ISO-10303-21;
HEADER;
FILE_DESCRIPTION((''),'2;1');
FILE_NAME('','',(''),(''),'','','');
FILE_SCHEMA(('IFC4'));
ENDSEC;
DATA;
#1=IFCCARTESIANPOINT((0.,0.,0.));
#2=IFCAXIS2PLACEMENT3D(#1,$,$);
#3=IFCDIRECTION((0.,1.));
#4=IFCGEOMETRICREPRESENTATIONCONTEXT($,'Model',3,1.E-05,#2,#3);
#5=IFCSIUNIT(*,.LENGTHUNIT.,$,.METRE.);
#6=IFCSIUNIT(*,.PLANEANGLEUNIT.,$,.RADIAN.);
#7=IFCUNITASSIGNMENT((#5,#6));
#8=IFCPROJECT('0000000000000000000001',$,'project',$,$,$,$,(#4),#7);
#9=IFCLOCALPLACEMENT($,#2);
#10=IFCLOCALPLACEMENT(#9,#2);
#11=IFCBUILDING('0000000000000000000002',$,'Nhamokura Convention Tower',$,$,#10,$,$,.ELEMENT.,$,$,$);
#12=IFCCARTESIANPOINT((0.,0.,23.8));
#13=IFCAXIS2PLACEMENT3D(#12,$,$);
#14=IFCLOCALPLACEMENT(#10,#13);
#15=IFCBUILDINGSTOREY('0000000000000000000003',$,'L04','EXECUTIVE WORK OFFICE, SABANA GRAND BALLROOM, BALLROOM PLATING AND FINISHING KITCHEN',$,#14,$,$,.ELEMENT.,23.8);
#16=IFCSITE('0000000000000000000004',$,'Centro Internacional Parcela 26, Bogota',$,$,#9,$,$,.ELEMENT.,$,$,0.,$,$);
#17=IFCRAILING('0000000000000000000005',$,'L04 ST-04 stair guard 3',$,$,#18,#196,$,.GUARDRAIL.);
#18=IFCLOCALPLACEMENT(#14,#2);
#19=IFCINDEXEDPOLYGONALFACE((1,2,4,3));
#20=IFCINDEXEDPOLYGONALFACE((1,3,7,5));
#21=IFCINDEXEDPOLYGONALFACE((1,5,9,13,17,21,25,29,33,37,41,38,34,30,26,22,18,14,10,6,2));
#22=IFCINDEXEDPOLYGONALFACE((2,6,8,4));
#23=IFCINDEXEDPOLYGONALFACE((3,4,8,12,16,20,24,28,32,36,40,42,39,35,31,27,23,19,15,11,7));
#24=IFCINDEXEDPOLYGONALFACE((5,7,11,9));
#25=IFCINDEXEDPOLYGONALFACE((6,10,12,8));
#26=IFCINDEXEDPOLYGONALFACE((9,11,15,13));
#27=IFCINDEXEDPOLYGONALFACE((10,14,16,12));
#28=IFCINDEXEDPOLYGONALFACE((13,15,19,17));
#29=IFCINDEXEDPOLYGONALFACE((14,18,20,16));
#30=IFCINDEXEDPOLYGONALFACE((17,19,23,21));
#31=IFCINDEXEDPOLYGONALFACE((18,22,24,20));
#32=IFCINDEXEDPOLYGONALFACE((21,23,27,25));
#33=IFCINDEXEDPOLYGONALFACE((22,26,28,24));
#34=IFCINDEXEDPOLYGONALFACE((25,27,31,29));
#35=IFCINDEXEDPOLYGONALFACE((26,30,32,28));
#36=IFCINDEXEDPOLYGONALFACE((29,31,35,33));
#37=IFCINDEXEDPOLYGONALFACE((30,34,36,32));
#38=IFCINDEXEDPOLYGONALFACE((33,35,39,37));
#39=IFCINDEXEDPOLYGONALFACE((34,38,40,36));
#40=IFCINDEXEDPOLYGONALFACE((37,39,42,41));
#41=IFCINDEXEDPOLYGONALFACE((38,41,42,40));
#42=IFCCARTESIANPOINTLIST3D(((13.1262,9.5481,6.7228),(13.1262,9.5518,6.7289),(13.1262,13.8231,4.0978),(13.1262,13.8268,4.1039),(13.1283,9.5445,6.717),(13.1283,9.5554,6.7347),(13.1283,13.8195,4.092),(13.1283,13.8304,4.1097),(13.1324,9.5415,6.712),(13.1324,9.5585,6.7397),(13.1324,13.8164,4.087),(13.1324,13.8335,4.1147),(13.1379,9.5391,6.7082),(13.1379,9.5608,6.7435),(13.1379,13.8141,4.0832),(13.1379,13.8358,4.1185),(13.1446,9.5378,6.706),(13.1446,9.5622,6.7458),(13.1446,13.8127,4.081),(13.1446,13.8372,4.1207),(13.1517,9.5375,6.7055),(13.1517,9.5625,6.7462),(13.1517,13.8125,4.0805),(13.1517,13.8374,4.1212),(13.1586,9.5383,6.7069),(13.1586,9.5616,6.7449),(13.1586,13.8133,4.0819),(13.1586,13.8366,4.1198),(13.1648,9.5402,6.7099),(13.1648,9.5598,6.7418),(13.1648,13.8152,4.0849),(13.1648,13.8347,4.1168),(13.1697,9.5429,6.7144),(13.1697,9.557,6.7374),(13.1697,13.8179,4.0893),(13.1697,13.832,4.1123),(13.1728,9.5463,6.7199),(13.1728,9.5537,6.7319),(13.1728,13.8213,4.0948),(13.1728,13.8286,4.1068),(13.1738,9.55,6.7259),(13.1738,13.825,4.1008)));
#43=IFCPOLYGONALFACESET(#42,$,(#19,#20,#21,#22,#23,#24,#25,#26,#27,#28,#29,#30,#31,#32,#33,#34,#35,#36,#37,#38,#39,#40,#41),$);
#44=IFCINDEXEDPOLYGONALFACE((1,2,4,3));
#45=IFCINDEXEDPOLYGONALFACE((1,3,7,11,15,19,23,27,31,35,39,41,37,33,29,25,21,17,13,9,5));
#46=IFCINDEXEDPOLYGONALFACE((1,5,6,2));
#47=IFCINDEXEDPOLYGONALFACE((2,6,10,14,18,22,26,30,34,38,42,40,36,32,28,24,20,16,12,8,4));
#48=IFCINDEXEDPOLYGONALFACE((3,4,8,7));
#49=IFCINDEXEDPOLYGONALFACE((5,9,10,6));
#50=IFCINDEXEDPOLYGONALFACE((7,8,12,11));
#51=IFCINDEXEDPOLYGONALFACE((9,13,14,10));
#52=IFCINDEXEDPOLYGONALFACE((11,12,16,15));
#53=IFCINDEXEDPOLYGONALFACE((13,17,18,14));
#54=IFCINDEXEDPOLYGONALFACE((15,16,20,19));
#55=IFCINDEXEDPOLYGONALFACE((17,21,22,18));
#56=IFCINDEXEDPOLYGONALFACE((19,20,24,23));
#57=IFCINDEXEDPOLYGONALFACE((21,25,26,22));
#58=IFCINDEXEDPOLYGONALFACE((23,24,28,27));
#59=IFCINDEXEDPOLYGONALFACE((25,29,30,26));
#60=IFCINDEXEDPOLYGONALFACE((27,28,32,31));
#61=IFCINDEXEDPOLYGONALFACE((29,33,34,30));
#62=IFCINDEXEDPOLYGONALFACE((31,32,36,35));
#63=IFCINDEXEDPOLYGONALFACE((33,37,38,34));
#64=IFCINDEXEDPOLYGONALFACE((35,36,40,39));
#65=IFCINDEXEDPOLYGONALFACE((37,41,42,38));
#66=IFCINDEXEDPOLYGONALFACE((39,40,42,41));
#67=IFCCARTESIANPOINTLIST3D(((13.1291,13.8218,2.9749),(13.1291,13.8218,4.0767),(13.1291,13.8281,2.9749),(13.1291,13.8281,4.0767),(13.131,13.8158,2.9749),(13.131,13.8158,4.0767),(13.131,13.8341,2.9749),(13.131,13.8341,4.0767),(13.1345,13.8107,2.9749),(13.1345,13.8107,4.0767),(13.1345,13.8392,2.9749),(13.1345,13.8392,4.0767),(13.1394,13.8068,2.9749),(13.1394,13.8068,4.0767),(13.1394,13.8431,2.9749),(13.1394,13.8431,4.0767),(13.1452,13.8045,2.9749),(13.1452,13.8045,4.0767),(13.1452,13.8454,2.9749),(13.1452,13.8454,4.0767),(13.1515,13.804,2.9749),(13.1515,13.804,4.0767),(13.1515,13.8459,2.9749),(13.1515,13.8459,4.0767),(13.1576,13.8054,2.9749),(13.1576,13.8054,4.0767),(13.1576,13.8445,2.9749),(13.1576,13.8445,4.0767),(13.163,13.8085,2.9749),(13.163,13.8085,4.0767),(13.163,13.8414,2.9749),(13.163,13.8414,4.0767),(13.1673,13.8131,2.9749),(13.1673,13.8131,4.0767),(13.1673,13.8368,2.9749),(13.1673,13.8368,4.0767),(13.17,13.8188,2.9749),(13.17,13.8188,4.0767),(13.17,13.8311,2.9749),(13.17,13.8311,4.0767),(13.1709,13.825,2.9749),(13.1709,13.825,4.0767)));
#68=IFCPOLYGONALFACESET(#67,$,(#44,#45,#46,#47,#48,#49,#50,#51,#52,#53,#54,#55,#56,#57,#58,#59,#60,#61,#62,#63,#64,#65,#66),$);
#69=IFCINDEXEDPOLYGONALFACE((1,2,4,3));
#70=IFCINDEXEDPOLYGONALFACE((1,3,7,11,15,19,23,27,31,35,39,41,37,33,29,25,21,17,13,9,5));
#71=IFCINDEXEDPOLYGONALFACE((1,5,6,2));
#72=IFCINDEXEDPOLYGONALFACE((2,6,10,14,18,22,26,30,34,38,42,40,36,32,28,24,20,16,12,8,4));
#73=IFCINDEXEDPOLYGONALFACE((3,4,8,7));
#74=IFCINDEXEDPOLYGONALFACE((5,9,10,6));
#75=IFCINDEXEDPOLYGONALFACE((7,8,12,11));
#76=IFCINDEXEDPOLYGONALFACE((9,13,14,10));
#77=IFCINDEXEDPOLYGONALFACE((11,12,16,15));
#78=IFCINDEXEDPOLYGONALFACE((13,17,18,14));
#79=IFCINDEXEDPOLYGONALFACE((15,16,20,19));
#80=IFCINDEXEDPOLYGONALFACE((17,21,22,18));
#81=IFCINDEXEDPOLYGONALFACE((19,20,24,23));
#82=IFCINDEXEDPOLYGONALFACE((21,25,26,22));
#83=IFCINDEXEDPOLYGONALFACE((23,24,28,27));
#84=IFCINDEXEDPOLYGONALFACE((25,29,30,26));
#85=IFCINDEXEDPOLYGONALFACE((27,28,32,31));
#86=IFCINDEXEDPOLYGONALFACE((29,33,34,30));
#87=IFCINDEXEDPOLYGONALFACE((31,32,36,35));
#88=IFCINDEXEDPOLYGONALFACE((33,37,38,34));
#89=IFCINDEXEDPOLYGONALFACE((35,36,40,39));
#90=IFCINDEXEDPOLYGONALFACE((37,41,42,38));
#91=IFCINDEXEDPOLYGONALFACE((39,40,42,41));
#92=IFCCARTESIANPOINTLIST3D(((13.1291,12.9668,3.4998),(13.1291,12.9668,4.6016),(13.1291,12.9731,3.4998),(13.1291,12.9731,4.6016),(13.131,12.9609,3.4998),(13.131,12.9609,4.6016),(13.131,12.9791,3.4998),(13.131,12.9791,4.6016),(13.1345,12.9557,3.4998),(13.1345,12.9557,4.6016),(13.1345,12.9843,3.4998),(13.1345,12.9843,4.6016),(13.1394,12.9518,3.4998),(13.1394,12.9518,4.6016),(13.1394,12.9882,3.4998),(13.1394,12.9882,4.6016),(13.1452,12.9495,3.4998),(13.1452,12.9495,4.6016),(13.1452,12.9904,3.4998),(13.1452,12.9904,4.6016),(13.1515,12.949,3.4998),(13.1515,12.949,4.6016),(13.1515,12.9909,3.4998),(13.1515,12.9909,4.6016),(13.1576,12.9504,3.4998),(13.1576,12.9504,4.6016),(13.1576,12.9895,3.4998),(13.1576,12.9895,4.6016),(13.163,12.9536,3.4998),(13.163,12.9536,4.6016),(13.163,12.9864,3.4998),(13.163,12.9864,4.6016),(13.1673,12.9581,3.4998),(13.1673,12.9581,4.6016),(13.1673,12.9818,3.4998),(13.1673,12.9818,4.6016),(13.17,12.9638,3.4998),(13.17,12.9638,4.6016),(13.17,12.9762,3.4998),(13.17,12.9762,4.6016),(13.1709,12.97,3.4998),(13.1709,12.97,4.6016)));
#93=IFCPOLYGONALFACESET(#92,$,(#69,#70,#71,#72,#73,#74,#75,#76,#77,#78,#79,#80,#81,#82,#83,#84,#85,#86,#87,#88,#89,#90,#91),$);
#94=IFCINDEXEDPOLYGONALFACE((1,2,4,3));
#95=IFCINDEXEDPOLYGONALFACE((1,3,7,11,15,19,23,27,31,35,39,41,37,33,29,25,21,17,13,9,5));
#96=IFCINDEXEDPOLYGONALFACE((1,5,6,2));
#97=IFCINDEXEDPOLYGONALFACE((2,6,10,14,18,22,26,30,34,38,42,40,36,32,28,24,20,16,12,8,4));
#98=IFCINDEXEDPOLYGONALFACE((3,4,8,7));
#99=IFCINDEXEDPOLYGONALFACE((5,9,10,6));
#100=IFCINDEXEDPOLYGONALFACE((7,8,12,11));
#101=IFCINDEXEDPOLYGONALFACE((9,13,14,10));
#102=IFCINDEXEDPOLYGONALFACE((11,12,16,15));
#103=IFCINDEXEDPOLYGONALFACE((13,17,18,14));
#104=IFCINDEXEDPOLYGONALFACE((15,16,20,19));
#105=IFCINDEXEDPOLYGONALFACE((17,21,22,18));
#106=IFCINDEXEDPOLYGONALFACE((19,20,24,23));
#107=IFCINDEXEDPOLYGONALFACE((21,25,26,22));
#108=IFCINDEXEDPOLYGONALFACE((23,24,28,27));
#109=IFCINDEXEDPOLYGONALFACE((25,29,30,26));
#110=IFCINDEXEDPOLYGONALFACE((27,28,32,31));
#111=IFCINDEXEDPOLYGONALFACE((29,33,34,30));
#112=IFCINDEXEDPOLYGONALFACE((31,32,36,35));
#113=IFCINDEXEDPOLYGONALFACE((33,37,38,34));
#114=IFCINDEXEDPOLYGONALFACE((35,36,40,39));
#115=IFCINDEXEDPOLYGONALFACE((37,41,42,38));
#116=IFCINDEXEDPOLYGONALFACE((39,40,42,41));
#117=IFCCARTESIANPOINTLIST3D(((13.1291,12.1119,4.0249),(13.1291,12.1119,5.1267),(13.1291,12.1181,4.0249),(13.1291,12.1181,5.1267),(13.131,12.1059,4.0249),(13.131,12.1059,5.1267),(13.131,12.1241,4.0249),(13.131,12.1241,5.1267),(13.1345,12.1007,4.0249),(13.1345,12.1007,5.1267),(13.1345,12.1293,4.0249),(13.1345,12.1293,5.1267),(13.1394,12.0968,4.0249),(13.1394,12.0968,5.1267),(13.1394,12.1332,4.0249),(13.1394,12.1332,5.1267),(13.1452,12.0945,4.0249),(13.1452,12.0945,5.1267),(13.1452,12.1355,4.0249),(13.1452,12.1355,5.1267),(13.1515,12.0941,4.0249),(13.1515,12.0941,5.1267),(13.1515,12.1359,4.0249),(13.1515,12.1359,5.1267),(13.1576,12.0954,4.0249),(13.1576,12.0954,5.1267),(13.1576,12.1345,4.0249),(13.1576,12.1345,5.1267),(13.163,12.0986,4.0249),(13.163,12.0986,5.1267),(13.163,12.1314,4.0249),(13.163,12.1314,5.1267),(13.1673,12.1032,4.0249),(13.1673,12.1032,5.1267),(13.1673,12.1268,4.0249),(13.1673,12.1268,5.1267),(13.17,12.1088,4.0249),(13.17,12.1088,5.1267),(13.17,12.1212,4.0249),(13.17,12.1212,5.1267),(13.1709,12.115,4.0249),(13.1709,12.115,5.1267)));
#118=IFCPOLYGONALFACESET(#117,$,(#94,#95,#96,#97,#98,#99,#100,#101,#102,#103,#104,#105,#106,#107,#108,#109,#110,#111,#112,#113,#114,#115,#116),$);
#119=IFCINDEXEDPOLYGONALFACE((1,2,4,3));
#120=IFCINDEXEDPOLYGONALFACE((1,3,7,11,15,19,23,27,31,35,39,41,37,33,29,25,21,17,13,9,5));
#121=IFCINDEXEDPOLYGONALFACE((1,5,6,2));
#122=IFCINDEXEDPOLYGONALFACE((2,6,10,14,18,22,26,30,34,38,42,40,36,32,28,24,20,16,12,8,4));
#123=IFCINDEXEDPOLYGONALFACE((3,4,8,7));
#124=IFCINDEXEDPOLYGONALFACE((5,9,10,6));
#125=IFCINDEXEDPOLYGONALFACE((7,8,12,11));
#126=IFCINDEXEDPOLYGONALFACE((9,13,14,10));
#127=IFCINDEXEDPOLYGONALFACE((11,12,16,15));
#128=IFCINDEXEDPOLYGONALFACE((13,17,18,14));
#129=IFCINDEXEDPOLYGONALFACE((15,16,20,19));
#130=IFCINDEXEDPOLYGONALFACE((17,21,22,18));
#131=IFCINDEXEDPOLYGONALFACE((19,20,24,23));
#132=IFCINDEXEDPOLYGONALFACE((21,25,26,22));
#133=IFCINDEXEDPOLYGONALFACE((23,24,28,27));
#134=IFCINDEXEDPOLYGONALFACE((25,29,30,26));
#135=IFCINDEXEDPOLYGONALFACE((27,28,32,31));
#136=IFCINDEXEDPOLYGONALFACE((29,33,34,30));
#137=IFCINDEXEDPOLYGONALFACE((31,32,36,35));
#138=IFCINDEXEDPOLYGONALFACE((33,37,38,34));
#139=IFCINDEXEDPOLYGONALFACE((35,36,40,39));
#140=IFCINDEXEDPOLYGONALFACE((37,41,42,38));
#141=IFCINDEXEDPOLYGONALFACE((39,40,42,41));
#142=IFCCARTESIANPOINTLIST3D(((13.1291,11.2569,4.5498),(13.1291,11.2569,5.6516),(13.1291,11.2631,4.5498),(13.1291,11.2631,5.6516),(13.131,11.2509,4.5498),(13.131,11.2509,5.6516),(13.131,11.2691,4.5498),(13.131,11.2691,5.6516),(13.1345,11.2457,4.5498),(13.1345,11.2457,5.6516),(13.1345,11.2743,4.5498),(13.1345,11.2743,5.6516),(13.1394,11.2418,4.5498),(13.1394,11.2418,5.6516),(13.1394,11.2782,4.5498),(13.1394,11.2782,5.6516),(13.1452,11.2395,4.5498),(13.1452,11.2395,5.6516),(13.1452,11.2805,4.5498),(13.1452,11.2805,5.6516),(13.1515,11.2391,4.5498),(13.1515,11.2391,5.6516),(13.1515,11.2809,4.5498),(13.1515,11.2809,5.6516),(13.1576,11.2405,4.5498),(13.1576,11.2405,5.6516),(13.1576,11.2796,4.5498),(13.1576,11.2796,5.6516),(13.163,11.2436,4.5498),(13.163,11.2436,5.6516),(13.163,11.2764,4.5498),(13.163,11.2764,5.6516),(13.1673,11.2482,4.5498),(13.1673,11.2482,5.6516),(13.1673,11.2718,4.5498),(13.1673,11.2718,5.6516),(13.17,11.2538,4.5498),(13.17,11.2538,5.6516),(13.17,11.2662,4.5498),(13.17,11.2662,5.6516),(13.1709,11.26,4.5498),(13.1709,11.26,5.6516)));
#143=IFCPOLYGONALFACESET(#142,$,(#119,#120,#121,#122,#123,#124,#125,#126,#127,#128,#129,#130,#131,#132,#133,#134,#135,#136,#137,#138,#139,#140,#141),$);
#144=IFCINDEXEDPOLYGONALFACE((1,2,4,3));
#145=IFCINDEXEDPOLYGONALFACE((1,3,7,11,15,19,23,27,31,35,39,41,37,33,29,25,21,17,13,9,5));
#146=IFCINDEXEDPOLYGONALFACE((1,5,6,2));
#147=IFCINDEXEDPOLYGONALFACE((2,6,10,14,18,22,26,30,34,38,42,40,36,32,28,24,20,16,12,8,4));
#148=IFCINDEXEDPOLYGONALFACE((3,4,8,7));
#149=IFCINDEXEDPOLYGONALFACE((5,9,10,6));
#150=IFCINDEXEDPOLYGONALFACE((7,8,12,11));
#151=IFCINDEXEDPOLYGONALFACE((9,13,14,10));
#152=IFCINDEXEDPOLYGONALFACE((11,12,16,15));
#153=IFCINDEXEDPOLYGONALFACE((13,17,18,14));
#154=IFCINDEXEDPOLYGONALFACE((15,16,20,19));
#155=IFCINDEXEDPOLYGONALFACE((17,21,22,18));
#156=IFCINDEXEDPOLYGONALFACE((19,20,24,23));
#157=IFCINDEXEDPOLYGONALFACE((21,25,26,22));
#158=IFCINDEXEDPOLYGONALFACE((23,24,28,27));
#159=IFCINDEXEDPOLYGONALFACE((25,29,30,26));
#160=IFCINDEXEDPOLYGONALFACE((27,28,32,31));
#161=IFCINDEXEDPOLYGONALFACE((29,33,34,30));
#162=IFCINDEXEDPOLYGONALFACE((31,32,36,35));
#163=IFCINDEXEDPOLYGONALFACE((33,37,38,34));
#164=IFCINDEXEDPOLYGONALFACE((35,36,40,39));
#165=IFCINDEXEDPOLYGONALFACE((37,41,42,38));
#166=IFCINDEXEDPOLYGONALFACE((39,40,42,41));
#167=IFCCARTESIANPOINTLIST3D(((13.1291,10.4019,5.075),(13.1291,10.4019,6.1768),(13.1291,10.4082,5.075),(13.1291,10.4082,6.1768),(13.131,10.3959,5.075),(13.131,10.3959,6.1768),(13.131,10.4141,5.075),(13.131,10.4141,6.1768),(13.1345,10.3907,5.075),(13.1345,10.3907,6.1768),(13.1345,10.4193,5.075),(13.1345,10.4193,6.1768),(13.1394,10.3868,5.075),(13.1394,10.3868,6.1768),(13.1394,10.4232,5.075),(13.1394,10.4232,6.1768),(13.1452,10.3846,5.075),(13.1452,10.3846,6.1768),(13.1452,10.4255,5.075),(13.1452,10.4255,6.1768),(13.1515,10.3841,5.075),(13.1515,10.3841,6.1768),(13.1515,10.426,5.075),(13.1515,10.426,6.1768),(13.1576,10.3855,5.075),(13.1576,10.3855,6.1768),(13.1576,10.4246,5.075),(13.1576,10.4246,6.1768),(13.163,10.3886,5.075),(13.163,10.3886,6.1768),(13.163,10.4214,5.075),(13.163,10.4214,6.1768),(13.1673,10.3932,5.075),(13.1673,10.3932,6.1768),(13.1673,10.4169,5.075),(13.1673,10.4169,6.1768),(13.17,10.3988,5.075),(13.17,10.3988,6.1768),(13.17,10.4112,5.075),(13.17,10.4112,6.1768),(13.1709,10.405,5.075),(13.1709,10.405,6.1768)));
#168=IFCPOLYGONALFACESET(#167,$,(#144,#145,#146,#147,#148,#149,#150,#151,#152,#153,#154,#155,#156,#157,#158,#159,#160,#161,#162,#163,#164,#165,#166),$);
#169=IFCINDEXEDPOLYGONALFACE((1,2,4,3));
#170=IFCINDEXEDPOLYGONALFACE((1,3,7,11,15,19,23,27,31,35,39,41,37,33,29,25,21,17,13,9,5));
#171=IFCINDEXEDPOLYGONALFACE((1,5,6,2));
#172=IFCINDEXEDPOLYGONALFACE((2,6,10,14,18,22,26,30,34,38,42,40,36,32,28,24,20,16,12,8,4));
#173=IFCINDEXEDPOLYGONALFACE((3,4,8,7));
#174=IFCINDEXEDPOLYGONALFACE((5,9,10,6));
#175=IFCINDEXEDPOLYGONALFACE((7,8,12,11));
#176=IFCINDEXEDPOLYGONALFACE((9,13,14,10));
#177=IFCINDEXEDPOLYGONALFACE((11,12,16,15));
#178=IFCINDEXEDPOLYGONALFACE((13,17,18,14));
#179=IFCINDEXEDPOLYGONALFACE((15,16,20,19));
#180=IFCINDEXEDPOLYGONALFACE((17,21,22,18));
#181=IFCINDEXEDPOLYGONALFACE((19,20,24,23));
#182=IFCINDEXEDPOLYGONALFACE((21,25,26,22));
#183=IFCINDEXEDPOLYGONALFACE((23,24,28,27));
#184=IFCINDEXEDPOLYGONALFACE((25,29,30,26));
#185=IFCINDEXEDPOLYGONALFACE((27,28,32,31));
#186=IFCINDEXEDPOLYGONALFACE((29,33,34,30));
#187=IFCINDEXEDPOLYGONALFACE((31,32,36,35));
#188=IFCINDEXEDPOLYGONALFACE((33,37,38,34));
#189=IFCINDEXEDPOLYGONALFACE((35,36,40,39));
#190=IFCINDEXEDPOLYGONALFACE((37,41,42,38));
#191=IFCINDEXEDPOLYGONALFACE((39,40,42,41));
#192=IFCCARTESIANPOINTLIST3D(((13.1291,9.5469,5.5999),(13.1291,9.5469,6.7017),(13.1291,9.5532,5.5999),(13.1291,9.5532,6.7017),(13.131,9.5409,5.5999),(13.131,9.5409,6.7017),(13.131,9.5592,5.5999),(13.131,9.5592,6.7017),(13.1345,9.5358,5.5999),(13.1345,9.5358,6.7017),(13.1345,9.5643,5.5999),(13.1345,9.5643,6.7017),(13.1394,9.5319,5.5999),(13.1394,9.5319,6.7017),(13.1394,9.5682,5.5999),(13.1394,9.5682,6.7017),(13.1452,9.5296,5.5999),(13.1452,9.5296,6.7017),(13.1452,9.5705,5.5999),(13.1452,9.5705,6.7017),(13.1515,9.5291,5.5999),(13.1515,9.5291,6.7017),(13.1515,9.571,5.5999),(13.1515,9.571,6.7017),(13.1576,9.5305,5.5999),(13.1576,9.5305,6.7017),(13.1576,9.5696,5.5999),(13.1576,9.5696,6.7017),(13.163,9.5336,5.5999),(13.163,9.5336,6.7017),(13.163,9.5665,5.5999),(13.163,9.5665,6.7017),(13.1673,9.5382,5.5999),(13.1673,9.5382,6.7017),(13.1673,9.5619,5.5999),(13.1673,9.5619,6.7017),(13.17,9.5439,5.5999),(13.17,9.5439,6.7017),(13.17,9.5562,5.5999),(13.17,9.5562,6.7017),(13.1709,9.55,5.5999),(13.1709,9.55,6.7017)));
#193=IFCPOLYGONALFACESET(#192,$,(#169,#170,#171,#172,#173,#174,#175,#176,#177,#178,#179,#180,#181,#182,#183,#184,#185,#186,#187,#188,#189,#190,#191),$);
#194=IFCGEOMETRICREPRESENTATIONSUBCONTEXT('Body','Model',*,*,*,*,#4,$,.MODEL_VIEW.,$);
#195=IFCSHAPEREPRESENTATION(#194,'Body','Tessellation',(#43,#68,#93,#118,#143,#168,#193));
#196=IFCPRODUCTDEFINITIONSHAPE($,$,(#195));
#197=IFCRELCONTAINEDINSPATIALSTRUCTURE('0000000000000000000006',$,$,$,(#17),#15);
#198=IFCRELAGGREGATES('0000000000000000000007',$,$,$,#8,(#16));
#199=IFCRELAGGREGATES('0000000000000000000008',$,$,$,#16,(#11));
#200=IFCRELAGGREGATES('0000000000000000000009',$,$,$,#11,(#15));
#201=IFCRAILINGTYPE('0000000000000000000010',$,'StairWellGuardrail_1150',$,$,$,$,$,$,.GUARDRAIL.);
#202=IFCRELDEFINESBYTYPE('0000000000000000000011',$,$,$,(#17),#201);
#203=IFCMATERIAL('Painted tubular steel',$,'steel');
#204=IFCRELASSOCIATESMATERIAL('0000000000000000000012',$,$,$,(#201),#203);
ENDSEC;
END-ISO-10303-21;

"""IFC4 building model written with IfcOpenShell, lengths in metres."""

from ifc_helpers import new_model, si_unit, direction, frame, origin, origin_2d, place, context, subcontext, project, spatial, circle, extrude, material, type_object, element, save


model = new_model("IFC4")

# Units and contexts
model_context = context("Model", 3, precision=1e-05, world=origin(), true_north=direction((0.0, 1.0)))
body_context = subcontext(model_context, "Body", "Model", "MODEL_VIEW")
ifc_project = project(units=[si_unit("LENGTHUNIT", "METRE"), si_unit("PLANEANGLEUNIT", "RADIAN")], contexts=[model_context])

# Site, building, storey
site_placement = place(None, origin())
site = spatial("IfcSite", under=ifc_project, at=site_placement, Name="Centro Internacional Parcela 26, Bogota", CompositionType="ELEMENT", RefElevation=0.0)
building_placement = place(site_placement, origin())
building = spatial("IfcBuilding", under=site, at=building_placement, Name="Nhamokura Convention Tower", CompositionType="ELEMENT")
storey_placement = place(building_placement, frame((0.0, 0.0, 23.8)))
storey = spatial("IfcBuildingStorey", under=building, at=storey_placement, Name="L04", Description="EXECUTIVE WORK OFFICE, SABANA GRAND BALLROOM, BALLROOM PLATING AND FINISHING KITCHEN", CompositionType="ELEMENT", Elevation=23.8)

# Railing
ifc_material_1 = material(Name="Painted tubular steel", Category="steel")
railing_type_1 = type_object("IfcRailingType", Name="StairWellGuardrail_1150", PredefinedType="GUARDRAIL", material=ifc_material_1)
railing_1_placement = place(storey_placement, frame((13.1499, 13.825, 2.9749)))
element("IfcRailing", 1, at=railing_1_placement, inside=storey, type_object=railing_type_1, Name="L04 ST-04 stair guard 3", PredefinedType="GUARDRAIL", context=body_context, shape_type="SweptSolid", body=[
    extrude(circle(Radius=0.0239, at=origin_2d()), frame((0.0, 0.0, 1.126), z_axis=(0.0, -0.852166, 0.523272), x_axis=(1.0, 0.0, 0.0)), (0.0, 0.0, 1.0), 5.0166),
    extrude(circle(Radius=0.021, at=origin_2d()), origin(), (0.0, 0.0, 1.0), 1.1018),
    extrude(circle(Radius=0.021, at=origin_2d()), frame((0.0, -0.855, 0.5249)), (0.0, 0.0, 1.0), 1.1018),
    extrude(circle(Radius=0.021, at=origin_2d()), frame((0.0, -1.71, 1.05)), (0.0, 0.0, 1.0), 1.1018),
    extrude(circle(Radius=0.021, at=origin_2d()), frame((0.0, -2.5649, 1.575)), (0.0, 0.0, 1.0), 1.1018),
    extrude(circle(Radius=0.021, at=origin_2d()), frame((0.0, -3.4199, 2.1001)), (0.0, 0.0, 1.0), 1.1018),
    extrude(circle(Radius=0.021, at=origin_2d()), frame((0.0, -4.2749, 2.625)), (0.0, 0.0, 1.0), 1.1018),
])

save(model, "model.ifc")
